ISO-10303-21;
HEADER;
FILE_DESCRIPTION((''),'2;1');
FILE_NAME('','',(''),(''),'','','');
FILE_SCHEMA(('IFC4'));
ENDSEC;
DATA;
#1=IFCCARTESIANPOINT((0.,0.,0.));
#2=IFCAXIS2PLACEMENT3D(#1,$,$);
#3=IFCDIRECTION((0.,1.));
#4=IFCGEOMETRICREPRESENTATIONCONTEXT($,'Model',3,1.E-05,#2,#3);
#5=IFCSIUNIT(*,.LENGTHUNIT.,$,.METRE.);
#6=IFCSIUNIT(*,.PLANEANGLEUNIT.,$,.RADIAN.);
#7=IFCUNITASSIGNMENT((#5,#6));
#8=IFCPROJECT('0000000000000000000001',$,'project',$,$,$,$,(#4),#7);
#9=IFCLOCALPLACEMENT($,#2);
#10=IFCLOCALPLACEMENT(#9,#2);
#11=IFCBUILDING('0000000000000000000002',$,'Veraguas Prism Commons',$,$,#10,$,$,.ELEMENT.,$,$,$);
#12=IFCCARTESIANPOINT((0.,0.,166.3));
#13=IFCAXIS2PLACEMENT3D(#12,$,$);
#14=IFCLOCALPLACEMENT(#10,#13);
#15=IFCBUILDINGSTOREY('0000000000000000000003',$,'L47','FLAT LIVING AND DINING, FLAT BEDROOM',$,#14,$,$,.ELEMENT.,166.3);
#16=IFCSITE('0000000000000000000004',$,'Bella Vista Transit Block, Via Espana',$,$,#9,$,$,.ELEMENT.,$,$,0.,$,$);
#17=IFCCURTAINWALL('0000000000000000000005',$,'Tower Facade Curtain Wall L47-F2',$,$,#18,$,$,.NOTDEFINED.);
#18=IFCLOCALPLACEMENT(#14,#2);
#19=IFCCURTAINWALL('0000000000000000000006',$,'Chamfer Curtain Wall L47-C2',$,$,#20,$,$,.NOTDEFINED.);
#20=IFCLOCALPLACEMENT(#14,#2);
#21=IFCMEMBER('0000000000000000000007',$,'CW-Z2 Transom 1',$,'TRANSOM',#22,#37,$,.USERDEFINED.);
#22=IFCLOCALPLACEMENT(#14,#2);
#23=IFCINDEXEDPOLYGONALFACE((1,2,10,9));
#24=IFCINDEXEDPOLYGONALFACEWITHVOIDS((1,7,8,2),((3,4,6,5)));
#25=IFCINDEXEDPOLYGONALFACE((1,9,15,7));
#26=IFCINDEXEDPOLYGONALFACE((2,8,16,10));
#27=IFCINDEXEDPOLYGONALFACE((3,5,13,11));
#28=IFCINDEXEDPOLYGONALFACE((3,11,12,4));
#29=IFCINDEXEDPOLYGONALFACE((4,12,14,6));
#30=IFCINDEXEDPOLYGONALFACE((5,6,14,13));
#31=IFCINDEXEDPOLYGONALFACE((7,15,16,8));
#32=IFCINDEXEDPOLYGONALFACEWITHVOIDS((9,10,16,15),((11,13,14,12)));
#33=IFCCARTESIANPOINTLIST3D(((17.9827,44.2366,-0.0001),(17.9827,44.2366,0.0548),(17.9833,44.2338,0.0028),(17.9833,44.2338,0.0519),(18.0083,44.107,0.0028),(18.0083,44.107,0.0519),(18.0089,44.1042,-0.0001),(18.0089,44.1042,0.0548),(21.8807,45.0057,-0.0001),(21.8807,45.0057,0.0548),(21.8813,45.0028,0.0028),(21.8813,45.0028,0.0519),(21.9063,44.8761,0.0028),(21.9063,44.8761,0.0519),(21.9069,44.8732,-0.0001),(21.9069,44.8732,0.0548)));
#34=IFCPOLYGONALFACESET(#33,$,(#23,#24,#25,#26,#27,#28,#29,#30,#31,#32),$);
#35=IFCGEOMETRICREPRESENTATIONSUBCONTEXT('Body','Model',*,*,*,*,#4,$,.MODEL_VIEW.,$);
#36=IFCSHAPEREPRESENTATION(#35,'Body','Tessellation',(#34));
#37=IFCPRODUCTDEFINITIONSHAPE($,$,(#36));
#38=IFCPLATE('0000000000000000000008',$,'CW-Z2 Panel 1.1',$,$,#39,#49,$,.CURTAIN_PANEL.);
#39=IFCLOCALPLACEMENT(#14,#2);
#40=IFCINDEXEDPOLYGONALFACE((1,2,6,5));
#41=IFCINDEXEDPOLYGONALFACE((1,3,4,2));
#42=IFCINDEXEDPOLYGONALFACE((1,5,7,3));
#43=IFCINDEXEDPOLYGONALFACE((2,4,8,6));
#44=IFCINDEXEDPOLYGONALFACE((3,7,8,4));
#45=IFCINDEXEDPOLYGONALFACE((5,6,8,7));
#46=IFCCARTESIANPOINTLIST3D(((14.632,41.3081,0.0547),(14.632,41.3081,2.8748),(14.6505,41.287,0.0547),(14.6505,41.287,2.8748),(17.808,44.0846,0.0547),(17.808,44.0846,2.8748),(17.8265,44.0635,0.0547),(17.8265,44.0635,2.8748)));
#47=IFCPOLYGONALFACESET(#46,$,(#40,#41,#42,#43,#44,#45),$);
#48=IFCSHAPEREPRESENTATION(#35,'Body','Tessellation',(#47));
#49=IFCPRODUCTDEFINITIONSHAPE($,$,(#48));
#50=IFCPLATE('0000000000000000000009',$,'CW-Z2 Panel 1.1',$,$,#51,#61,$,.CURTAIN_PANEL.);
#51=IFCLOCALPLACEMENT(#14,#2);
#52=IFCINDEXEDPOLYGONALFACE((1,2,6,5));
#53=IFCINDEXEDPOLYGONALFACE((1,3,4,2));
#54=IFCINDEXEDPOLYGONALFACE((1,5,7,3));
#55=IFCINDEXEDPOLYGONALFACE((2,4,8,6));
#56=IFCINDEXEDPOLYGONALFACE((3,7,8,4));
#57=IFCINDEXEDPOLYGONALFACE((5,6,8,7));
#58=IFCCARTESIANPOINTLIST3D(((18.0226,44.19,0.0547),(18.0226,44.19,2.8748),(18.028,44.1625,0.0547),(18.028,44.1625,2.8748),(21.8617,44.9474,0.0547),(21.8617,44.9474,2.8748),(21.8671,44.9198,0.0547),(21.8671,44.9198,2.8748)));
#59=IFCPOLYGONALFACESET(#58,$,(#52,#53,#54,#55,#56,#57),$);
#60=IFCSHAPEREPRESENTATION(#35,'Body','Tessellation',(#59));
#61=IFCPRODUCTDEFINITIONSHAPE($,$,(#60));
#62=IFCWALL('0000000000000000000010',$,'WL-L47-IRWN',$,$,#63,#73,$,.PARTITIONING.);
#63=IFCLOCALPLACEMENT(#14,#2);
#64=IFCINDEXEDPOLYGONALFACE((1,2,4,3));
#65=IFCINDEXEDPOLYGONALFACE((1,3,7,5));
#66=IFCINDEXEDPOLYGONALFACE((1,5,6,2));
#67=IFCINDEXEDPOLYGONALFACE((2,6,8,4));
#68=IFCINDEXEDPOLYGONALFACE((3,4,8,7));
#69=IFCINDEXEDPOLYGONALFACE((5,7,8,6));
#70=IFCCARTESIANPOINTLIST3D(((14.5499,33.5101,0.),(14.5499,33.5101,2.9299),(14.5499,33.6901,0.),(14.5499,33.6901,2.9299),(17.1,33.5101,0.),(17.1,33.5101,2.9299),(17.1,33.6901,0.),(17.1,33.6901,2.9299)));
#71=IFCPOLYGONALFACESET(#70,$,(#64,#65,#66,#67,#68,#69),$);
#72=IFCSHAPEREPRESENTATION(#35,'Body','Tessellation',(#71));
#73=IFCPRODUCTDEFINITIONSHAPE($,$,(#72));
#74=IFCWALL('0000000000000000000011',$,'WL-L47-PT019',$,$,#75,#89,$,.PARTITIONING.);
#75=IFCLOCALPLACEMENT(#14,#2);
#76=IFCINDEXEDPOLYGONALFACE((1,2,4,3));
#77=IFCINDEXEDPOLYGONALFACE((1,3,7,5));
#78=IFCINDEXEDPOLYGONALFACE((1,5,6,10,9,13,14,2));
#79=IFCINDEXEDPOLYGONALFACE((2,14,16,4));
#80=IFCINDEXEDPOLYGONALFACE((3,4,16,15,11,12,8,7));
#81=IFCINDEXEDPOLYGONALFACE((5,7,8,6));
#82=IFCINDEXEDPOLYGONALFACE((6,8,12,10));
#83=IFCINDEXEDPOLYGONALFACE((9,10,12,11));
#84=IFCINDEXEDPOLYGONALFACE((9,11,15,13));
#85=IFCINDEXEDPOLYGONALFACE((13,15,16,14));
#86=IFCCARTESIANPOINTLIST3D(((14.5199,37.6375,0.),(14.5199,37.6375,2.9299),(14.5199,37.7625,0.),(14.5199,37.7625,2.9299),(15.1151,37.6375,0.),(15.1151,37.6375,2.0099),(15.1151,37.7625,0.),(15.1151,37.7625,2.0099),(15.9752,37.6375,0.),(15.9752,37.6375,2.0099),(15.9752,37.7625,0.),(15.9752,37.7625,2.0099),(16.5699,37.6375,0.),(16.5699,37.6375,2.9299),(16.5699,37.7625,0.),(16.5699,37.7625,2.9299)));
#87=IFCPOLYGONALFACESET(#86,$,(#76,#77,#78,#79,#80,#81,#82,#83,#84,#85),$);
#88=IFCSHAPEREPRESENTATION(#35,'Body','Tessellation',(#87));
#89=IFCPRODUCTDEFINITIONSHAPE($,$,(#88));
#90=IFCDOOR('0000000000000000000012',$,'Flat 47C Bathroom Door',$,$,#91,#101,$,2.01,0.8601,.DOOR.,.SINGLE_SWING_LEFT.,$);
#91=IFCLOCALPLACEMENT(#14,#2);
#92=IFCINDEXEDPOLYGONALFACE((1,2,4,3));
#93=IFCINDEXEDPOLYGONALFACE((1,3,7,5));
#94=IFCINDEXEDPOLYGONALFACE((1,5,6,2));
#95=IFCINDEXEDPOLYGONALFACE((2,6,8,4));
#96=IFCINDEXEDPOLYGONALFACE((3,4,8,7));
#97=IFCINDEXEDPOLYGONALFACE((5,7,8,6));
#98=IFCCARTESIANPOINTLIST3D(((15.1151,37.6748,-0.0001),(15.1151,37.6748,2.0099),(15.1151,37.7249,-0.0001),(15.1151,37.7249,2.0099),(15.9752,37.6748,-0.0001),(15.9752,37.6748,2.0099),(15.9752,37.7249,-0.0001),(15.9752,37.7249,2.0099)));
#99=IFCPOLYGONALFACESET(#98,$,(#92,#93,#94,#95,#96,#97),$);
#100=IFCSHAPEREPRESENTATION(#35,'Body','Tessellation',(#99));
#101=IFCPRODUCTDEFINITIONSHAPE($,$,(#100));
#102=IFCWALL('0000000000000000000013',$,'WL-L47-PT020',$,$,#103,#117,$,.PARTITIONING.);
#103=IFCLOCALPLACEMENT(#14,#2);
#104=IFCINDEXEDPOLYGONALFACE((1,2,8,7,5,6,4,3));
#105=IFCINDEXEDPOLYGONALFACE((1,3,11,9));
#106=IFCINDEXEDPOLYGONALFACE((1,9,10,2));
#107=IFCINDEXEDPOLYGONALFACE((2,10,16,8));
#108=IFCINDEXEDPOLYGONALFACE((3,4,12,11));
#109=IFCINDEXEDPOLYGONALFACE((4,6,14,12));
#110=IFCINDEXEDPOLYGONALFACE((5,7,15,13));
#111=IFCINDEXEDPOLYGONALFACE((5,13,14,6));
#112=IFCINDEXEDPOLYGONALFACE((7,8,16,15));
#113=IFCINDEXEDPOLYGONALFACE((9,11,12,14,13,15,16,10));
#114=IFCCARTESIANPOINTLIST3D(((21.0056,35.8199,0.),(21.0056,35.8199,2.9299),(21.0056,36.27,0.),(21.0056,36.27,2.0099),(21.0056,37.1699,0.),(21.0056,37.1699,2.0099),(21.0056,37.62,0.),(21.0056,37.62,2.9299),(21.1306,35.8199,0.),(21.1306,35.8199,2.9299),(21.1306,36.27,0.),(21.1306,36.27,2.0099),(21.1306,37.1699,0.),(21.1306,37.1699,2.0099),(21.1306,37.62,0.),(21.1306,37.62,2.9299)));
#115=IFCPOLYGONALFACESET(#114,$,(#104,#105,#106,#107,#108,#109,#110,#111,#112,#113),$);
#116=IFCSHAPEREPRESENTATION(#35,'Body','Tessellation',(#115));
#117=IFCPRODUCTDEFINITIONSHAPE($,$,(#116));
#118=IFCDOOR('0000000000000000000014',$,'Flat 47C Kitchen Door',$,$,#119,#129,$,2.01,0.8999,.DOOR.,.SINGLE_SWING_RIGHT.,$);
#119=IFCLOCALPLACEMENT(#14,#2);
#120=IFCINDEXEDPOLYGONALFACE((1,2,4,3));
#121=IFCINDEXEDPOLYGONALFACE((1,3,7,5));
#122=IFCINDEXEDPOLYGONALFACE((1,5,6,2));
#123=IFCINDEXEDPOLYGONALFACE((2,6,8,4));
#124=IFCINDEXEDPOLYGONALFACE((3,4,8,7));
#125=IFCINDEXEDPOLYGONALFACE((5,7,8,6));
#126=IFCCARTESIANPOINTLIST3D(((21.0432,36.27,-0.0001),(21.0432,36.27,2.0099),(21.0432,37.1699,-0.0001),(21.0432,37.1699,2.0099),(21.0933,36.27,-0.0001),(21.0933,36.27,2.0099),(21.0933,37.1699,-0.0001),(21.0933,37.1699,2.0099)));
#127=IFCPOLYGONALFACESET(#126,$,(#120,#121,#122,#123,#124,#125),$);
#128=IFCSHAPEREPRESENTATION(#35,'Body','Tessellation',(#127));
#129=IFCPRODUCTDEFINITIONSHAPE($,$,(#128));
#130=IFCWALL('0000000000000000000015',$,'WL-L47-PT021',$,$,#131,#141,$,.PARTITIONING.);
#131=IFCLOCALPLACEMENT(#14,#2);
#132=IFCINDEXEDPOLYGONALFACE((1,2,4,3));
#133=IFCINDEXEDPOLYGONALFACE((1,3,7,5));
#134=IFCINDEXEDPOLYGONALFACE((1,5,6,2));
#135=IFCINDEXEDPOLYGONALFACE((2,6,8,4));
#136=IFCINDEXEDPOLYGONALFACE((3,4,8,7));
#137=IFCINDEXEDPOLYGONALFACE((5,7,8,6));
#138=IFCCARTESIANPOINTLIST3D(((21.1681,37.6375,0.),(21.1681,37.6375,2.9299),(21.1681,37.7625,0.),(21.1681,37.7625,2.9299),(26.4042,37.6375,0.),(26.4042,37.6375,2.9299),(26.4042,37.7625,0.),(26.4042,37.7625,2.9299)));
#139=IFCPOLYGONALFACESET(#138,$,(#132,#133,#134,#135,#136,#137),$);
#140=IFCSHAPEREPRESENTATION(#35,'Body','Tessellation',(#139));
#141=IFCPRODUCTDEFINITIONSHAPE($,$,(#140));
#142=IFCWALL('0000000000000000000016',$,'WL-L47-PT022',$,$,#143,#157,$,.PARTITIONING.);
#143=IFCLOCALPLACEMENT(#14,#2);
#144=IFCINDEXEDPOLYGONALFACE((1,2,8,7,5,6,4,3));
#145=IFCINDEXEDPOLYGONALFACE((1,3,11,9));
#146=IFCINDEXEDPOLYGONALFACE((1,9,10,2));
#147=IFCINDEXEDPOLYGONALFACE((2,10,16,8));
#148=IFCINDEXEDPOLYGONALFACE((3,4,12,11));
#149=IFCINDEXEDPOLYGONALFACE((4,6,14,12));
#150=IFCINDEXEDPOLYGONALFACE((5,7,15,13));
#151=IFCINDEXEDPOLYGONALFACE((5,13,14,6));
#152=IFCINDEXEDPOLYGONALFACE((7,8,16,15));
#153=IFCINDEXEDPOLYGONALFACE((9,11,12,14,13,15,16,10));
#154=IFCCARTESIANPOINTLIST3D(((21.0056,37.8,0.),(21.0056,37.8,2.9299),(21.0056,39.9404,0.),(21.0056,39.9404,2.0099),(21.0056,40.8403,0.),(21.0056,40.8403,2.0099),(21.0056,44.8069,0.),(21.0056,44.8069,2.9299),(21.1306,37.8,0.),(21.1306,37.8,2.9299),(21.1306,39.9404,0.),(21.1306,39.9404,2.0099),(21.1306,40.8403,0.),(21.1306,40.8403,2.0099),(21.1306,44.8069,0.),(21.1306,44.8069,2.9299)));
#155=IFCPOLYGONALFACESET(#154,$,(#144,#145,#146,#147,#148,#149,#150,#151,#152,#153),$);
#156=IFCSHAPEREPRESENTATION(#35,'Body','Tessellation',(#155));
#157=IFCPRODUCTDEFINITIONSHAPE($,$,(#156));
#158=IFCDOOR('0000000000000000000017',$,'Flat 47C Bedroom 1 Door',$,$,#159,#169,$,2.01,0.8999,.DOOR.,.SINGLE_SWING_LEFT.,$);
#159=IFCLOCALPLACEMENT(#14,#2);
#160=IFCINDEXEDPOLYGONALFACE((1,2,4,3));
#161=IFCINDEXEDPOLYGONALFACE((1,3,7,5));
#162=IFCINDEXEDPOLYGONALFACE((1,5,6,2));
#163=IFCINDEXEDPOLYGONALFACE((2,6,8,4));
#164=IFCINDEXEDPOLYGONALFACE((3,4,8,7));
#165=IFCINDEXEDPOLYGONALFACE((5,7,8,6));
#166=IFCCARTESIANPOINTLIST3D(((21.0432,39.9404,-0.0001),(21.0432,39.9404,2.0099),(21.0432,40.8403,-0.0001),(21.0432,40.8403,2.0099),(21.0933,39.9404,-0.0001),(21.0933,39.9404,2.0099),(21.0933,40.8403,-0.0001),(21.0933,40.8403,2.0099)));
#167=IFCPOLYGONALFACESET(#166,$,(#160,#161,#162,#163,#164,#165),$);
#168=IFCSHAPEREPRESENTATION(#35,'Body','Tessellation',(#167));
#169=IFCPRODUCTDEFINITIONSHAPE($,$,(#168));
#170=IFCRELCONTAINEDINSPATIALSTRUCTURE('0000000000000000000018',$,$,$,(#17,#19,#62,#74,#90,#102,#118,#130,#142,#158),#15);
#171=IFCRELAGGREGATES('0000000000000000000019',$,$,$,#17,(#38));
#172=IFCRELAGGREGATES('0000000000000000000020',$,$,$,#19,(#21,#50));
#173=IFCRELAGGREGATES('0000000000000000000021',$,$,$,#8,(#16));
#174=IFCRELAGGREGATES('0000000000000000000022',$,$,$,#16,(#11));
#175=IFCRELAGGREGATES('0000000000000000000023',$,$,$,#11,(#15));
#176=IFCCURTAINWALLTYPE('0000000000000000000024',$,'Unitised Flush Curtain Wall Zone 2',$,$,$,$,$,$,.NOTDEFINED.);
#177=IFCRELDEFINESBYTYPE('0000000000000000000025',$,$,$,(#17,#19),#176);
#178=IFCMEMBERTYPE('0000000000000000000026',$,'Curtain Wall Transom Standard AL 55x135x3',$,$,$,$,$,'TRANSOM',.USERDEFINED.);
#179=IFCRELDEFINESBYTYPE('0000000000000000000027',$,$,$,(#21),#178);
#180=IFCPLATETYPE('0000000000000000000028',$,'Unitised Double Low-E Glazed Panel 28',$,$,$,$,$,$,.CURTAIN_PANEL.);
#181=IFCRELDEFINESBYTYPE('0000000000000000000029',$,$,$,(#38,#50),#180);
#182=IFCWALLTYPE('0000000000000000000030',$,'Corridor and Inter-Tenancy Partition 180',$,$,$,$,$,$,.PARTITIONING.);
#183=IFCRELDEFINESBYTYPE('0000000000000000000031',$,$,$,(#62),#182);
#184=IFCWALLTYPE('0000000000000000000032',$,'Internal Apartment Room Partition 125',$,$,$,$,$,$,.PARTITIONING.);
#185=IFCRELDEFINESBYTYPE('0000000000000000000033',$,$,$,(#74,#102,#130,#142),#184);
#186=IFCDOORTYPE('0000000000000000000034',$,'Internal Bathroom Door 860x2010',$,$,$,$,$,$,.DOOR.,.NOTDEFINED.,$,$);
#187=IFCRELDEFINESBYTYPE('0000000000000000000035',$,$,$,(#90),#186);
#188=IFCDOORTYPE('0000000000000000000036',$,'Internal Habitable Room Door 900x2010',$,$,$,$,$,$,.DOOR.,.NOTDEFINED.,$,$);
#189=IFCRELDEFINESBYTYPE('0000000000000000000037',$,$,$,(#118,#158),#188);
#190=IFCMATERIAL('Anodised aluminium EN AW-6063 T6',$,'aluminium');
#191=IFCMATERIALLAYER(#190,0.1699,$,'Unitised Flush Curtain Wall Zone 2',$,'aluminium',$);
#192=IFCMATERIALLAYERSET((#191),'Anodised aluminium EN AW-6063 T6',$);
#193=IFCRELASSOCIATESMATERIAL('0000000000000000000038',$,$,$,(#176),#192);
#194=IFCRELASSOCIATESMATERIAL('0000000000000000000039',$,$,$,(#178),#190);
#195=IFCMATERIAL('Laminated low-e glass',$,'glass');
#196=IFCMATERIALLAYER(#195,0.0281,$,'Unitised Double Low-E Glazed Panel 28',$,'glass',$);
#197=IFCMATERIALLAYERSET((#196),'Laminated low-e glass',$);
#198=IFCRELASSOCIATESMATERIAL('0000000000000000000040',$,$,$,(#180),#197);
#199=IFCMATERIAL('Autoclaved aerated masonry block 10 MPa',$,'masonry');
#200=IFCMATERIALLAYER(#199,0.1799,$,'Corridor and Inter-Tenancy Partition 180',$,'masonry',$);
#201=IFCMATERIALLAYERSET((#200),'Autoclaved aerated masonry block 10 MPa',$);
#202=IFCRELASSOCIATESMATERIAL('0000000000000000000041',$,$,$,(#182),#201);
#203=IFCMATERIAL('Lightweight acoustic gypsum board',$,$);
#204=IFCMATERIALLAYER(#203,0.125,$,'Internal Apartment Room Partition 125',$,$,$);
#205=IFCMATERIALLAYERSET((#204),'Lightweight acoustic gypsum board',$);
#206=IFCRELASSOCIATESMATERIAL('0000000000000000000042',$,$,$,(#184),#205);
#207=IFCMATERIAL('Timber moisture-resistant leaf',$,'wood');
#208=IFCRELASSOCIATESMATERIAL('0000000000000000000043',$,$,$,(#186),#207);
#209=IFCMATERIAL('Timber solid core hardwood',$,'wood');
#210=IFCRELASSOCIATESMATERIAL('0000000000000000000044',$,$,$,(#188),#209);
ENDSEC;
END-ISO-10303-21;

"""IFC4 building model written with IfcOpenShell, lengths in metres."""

from ifc_helpers import new_model, si_unit, direction, frame, frame_2d, origin, origin_2d, place, context, subcontext, project, spatial, rectangle, hollow_rectangle, extrude, source, transform, mapped, material, layer, layer_set, material_profile, profile_set, type_object, element, fill, aggregate, save


model = new_model("IFC4")

# Units and contexts
model_context = context("Model", 3, precision=1e-05, world=origin(), true_north=direction((0.0, 1.0)))
body_context = subcontext(model_context, "Body", "Model", "MODEL_VIEW")
ifc_project = project(units=[si_unit("LENGTHUNIT", "METRE"), si_unit("PLANEANGLEUNIT", "RADIAN")], contexts=[model_context])

# Site, building, storey
site_placement = place(None, origin())
site = spatial("IfcSite", under=ifc_project, at=site_placement, Name="Bella Vista Transit Block, Via Espana", CompositionType="ELEMENT", RefElevation=0.0)
building_placement = place(site_placement, origin())
building = spatial("IfcBuilding", under=site, at=building_placement, Name="Veraguas Prism Commons", CompositionType="ELEMENT")
storey_placement = place(building_placement, frame((0.0, 0.0, 166.3)))
storey = spatial("IfcBuildingStorey", under=building, at=storey_placement, Name="L47", Description="FLAT LIVING AND DINING, FLAT BEDROOM", CompositionType="ELEMENT", Elevation=166.3)

# Curtain walls
ifc_material_1 = material(Name="Anodised aluminium EN AW-6063 T6", Category="aluminium")
ifc_layer_1 = layer(ifc_material_1, 0.1699, Name="Unitised Flush Curtain Wall Zone 2", Category="aluminium")
ifc_layer_set_1 = layer_set([ifc_layer_1], Name="Anodised aluminium EN AW-6063 T6")
curtain_wall_type = type_object("IfcCurtainWallType", Name="Unitised Flush Curtain Wall Zone 2", PredefinedType="NOTDEFINED", material=ifc_layer_set_1)
curtain_wall_1_placement = place(storey_placement, origin())
curtain_wall_1 = element("IfcCurtainWall", 1, at=curtain_wall_1_placement, inside=storey, type_object=curtain_wall_type, Name="Tower Facade Curtain Wall L47-F2", PredefinedType="NOTDEFINED")
curtain_wall_2_placement = place(storey_placement, origin())
curtain_wall_2 = element("IfcCurtainWall", 2, at=curtain_wall_2_placement, inside=storey, type_object=curtain_wall_type, Name="Chamfer Curtain Wall L47-C2", PredefinedType="NOTDEFINED")

# Member
ifc_material_profile_1 = material_profile(ifc_material_1, hollow_rectangle(XDim=0.0549, YDim=0.135, WallThickness=0.0029, at=origin_2d()), Name="AL55X135X3")
ifc_profile_set_1 = profile_set([ifc_material_profile_1], Name="Anodised aluminium EN AW-6063 T6")
member_type_1 = type_object("IfcMemberType", Name="Curtain Wall Transom Standard AL 55x135x3", ElementType="TRANSOM", PredefinedType="USERDEFINED", material=ifc_profile_set_1)
shared_shape_1 = source(origin(), body_context, "Body", "SweptSolid", [
    extrude(hollow_rectangle(XDim=0.0549, YDim=0.135, WallThickness=0.0029, at=origin_2d()), origin(), (0.0, 0.0, 1.0), 3.9731),
])
member_1_placement = place(storey_placement, frame((21.8938, 44.9395, 0.0273), z_axis=(-0.981088, -0.193563, 0.0), x_axis=(0.0, 0.0, 1.0)))
member_1 = element("IfcMember", 3, at=member_1_placement, type_object=member_type_1, Name="CW-Z2 Transom 1", ObjectType="TRANSOM", PredefinedType="USERDEFINED", context=body_context, shape_type="MappedRepresentation", body=[
    mapped(shared_shape_1, transform((0.0, 0.0, 0.0), scale=1.0)),
])

# Plates
ifc_material_2 = material(Name="Laminated low-e glass", Category="glass")
ifc_layer_2 = layer(ifc_material_2, 0.0281, Name="Unitised Double Low-E Glazed Panel 28", Category="glass")
ifc_layer_set_2 = layer_set([ifc_layer_2], Name="Laminated low-e glass")
plate_type = type_object("IfcPlateType", Name="Unitised Double Low-E Glazed Panel 28", PredefinedType="CURTAIN_PANEL", material=ifc_layer_set_2)
shared_shape_2 = source(origin(), body_context, "Body", "SweptSolid", [
    extrude(rectangle(XDim=4.2185, YDim=0.0281, at=origin_2d()), origin(), (0.0, 0.0, 1.0), 2.8201),
])
plate_1_placement = place(storey_placement, frame((16.2292, 42.6858, 0.0547), z_axis=(0.0, 0.0, 1.0), x_axis=(-0.752872, -0.658167, 0.0)))
plate_1 = element("IfcPlate", 4, at=plate_1_placement, type_object=plate_type, Name="CW-Z2 Panel 1.1", PredefinedType="CURTAIN_PANEL", context=body_context, shape_type="MappedRepresentation", body=[
    mapped(shared_shape_2, transform((0.0, 0.0, 0.0), scale=1.0)),
])
aggregate(curtain_wall_1, [plate_1])
shared_shape_3 = source(origin(), body_context, "Body", "SweptSolid", [
    extrude(rectangle(XDim=3.9131, YDim=0.0281, at=origin_2d()), origin(), (0.0, 0.0, 1.0), 2.8201),
])
plate_2_placement = place(storey_placement, frame((19.9448, 44.5549, 0.0547), z_axis=(0.0, 0.0, 1.0), x_axis=(-0.981091, -0.193549, 0.0)))
plate_2 = element("IfcPlate", 5, at=plate_2_placement, type_object=plate_type, Name="CW-Z2 Panel 1.1", PredefinedType="CURTAIN_PANEL", context=body_context, shape_type="MappedRepresentation", body=[
    mapped(shared_shape_3, transform((0.0, 0.0, 0.0), scale=1.0)),
])
aggregate(curtain_wall_2, [member_1, plate_2])

# Wall
ifc_material_3 = material(Name="Autoclaved aerated masonry block 10 MPa", Category="masonry")
ifc_layer_3 = layer(ifc_material_3, 0.1799, Name="Corridor and Inter-Tenancy Partition 180", Category="masonry")
ifc_layer_set_3 = layer_set([ifc_layer_3], Name="Autoclaved aerated masonry block 10 MPa")
wall_type_1 = type_object("IfcWallType", Name="Corridor and Inter-Tenancy Partition 180", PredefinedType="PARTITIONING", material=ifc_layer_set_3)
wall_1_placement = place(storey_placement, frame((14.55, 33.6001, 0.0), z_axis=(0.0, 0.0, 1.0), x_axis=(1.0, 0.0, 0.0)))
element("IfcWall", 6, at=wall_1_placement, inside=storey, type_object=wall_type_1, Name="WL-L47-IRWN", PredefinedType="PARTITIONING", context=body_context, shape_type="SweptSolid", body=[
    extrude(rectangle(XDim=2.55, YDim=0.1799, at=frame_2d((1.2749, 0.0))), origin(), (0.0, 0.0, 1.0), 2.9299),
])

# Walls, openings, doors
ifc_material_4 = material(Name="Lightweight acoustic gypsum board")
ifc_layer_4 = layer(ifc_material_4, 0.125, Name="Internal Apartment Room Partition 125")
ifc_layer_set_4 = layer_set([ifc_layer_4], Name="Lightweight acoustic gypsum board")
wall_type_2 = type_object("IfcWallType", Name="Internal Apartment Room Partition 125", PredefinedType="PARTITIONING", material=ifc_layer_set_4)
wall_2_placement = place(storey_placement, frame((14.52, 37.7, 0.0), z_axis=(0.0, 0.0, 1.0), x_axis=(1.0, 0.0, 0.0)))
wall_2 = element("IfcWall", 7, at=wall_2_placement, inside=storey, type_object=wall_type_2, Name="WL-L47-PT019", PredefinedType="PARTITIONING", context=body_context, shape_type="SweptSolid", body=[
    extrude(rectangle(XDim=2.05, YDim=0.125, at=frame_2d((1.0249, 0.0))), origin(), (0.0, 0.0, 1.0), 2.9299),
])
opening_1_placement = place(wall_2_placement, frame((0.595, 0.0, 0.0)))
opening_1 = element("IfcOpeningElement", 8, at=opening_1_placement, cuts=wall_2, PredefinedType="OPENING", context=body_context, shape_type="SweptSolid", body=[
    extrude(rectangle(XDim=0.8601, YDim=2.01, at=frame_2d((0.4302, 1.0049))), frame((0.0, 0.0725, 0.0), z_axis=(0.0, -1.0, 0.0), x_axis=(1.0, 0.0, 0.0)), (0.0, 0.0, 1.0), 0.145),
])
ifc_material_5 = material(Name="Timber moisture-resistant leaf", Category="wood")
door_type_1 = type_object("IfcDoorType", Name="Internal Bathroom Door 860x2010", OperationType="NOTDEFINED", PredefinedType="DOOR", material=ifc_material_5)
shared_shape_4 = source(origin(), body_context, "Body", "SweptSolid", [
    extrude(rectangle(XDim=0.8601, YDim=2.01, at=frame_2d((0.4302, 1.0049))), frame((0.0, 0.0249, 0.0), z_axis=(0.0, -1.0, 0.0), x_axis=(1.0, 0.0, 0.0)), (0.0, 0.0, 1.0), 0.05),
])
door_1_placement = place(opening_1_placement, origin())
door_1 = element("IfcDoor", 9, at=door_1_placement, inside=storey, type_object=door_type_1, Name="Flat 47C Bathroom Door", OperationType="SINGLE_SWING_LEFT", OverallHeight=2.01, OverallWidth=0.8601, PredefinedType="DOOR", context=body_context, shape_type="MappedRepresentation", body=[
    mapped(shared_shape_4, transform((0.0, 0.0, 0.0), scale=1.0)),
])
fill(opening_1, door_1)
wall_3_placement = place(storey_placement, frame((21.0681, 35.8201, 0.0), z_axis=(0.0, 0.0, 1.0), x_axis=(0.0, 1.0, 0.0)))
wall_3 = element("IfcWall", 10, at=wall_3_placement, inside=storey, type_object=wall_type_2, Name="WL-L47-PT020", PredefinedType="PARTITIONING", context=body_context, shape_type="SweptSolid", body=[
    extrude(rectangle(XDim=1.8, YDim=0.125, at=frame_2d((0.8999, 0.0))), origin(), (0.0, 0.0, 1.0), 2.9299),
])
opening_2_placement = place(wall_3_placement, frame((0.45, 0.0, 0.0)))
opening_2 = element("IfcOpeningElement", 11, at=opening_2_placement, cuts=wall_3, PredefinedType="OPENING", context=body_context, shape_type="SweptSolid", body=[
    extrude(rectangle(XDim=0.8999, YDim=2.01, at=frame_2d((0.45, 1.0049))), frame((0.0, 0.0725, 0.0), z_axis=(0.0, -1.0, 0.0), x_axis=(1.0, 0.0, 0.0)), (0.0, 0.0, 1.0), 0.145),
])
ifc_material_6 = material(Name="Timber solid core hardwood", Category="wood")
door_type_2 = type_object("IfcDoorType", Name="Internal Habitable Room Door 900x2010", OperationType="NOTDEFINED", PredefinedType="DOOR", material=ifc_material_6)
shared_shape_5 = source(origin(), body_context, "Body", "SweptSolid", [
    extrude(rectangle(XDim=0.8999, YDim=2.01, at=frame_2d((0.45, 1.0049))), frame((0.0, 0.0249, 0.0), z_axis=(0.0, -1.0, 0.0), x_axis=(1.0, 0.0, 0.0)), (0.0, 0.0, 1.0), 0.05),
])
door_2_placement = place(opening_2_placement, origin())
door_2 = element("IfcDoor", 12, at=door_2_placement, inside=storey, type_object=door_type_2, Name="Flat 47C Kitchen Door", OperationType="SINGLE_SWING_RIGHT", OverallHeight=2.01, OverallWidth=0.8999, PredefinedType="DOOR", context=body_context, shape_type="MappedRepresentation", body=[
    mapped(shared_shape_5, transform((0.0, 0.0, 0.0), scale=1.0)),
])
fill(opening_2, door_2)

# Wall
wall_4_placement = place(storey_placement, frame((21.168, 37.7, 0.0), z_axis=(0.0, 0.0, 1.0), x_axis=(1.0, 0.0, 0.0)))
element("IfcWall", 13, at=wall_4_placement, inside=storey, type_object=wall_type_2, Name="WL-L47-PT021", PredefinedType="PARTITIONING", context=body_context, shape_type="SweptSolid", body=[
    extrude(rectangle(XDim=5.2361, YDim=0.125, at=frame_2d((2.6182, 0.0))), origin(), (0.0, 0.0, 1.0), 2.9299),
])

# Wall, opening, door
wall_5_placement = place(storey_placement, frame((21.0681, 37.8, 0.0), z_axis=(0.0, 0.0, 1.0), x_axis=(0.0, 1.0, 0.0)))
wall_5 = element("IfcWall", 14, at=wall_5_placement, inside=storey, type_object=wall_type_2, Name="WL-L47-PT022", PredefinedType="PARTITIONING", context=body_context, shape_type="SweptSolid", body=[
    extrude(rectangle(XDim=7.0068, YDim=0.125, at=frame_2d((3.5034, 0.0))), origin(), (0.0, 0.0, 1.0), 2.9299),
])
opening_3_placement = place(wall_5_placement, frame((2.1404, 0.0, 0.0)))
opening_3 = element("IfcOpeningElement", 15, at=opening_3_placement, cuts=wall_5, PredefinedType="OPENING", context=body_context, shape_type="SweptSolid", body=[
    extrude(rectangle(XDim=0.8999, YDim=2.01, at=frame_2d((0.45, 1.0049))), frame((0.0, 0.0725, 0.0), z_axis=(0.0, -1.0, 0.0), x_axis=(1.0, 0.0, 0.0)), (0.0, 0.0, 1.0), 0.145),
])
door_3_placement = place(opening_3_placement, origin())
door_3 = element("IfcDoor", 16, at=door_3_placement, inside=storey, type_object=door_type_2, Name="Flat 47C Bedroom 1 Door", OperationType="SINGLE_SWING_LEFT", OverallHeight=2.01, OverallWidth=0.8999, PredefinedType="DOOR", context=body_context, shape_type="MappedRepresentation", body=[
    mapped(shared_shape_5, transform((0.0, 0.0, 0.0), scale=1.0)),
])
fill(opening_3, door_3)

save(model, "model.ifc")
